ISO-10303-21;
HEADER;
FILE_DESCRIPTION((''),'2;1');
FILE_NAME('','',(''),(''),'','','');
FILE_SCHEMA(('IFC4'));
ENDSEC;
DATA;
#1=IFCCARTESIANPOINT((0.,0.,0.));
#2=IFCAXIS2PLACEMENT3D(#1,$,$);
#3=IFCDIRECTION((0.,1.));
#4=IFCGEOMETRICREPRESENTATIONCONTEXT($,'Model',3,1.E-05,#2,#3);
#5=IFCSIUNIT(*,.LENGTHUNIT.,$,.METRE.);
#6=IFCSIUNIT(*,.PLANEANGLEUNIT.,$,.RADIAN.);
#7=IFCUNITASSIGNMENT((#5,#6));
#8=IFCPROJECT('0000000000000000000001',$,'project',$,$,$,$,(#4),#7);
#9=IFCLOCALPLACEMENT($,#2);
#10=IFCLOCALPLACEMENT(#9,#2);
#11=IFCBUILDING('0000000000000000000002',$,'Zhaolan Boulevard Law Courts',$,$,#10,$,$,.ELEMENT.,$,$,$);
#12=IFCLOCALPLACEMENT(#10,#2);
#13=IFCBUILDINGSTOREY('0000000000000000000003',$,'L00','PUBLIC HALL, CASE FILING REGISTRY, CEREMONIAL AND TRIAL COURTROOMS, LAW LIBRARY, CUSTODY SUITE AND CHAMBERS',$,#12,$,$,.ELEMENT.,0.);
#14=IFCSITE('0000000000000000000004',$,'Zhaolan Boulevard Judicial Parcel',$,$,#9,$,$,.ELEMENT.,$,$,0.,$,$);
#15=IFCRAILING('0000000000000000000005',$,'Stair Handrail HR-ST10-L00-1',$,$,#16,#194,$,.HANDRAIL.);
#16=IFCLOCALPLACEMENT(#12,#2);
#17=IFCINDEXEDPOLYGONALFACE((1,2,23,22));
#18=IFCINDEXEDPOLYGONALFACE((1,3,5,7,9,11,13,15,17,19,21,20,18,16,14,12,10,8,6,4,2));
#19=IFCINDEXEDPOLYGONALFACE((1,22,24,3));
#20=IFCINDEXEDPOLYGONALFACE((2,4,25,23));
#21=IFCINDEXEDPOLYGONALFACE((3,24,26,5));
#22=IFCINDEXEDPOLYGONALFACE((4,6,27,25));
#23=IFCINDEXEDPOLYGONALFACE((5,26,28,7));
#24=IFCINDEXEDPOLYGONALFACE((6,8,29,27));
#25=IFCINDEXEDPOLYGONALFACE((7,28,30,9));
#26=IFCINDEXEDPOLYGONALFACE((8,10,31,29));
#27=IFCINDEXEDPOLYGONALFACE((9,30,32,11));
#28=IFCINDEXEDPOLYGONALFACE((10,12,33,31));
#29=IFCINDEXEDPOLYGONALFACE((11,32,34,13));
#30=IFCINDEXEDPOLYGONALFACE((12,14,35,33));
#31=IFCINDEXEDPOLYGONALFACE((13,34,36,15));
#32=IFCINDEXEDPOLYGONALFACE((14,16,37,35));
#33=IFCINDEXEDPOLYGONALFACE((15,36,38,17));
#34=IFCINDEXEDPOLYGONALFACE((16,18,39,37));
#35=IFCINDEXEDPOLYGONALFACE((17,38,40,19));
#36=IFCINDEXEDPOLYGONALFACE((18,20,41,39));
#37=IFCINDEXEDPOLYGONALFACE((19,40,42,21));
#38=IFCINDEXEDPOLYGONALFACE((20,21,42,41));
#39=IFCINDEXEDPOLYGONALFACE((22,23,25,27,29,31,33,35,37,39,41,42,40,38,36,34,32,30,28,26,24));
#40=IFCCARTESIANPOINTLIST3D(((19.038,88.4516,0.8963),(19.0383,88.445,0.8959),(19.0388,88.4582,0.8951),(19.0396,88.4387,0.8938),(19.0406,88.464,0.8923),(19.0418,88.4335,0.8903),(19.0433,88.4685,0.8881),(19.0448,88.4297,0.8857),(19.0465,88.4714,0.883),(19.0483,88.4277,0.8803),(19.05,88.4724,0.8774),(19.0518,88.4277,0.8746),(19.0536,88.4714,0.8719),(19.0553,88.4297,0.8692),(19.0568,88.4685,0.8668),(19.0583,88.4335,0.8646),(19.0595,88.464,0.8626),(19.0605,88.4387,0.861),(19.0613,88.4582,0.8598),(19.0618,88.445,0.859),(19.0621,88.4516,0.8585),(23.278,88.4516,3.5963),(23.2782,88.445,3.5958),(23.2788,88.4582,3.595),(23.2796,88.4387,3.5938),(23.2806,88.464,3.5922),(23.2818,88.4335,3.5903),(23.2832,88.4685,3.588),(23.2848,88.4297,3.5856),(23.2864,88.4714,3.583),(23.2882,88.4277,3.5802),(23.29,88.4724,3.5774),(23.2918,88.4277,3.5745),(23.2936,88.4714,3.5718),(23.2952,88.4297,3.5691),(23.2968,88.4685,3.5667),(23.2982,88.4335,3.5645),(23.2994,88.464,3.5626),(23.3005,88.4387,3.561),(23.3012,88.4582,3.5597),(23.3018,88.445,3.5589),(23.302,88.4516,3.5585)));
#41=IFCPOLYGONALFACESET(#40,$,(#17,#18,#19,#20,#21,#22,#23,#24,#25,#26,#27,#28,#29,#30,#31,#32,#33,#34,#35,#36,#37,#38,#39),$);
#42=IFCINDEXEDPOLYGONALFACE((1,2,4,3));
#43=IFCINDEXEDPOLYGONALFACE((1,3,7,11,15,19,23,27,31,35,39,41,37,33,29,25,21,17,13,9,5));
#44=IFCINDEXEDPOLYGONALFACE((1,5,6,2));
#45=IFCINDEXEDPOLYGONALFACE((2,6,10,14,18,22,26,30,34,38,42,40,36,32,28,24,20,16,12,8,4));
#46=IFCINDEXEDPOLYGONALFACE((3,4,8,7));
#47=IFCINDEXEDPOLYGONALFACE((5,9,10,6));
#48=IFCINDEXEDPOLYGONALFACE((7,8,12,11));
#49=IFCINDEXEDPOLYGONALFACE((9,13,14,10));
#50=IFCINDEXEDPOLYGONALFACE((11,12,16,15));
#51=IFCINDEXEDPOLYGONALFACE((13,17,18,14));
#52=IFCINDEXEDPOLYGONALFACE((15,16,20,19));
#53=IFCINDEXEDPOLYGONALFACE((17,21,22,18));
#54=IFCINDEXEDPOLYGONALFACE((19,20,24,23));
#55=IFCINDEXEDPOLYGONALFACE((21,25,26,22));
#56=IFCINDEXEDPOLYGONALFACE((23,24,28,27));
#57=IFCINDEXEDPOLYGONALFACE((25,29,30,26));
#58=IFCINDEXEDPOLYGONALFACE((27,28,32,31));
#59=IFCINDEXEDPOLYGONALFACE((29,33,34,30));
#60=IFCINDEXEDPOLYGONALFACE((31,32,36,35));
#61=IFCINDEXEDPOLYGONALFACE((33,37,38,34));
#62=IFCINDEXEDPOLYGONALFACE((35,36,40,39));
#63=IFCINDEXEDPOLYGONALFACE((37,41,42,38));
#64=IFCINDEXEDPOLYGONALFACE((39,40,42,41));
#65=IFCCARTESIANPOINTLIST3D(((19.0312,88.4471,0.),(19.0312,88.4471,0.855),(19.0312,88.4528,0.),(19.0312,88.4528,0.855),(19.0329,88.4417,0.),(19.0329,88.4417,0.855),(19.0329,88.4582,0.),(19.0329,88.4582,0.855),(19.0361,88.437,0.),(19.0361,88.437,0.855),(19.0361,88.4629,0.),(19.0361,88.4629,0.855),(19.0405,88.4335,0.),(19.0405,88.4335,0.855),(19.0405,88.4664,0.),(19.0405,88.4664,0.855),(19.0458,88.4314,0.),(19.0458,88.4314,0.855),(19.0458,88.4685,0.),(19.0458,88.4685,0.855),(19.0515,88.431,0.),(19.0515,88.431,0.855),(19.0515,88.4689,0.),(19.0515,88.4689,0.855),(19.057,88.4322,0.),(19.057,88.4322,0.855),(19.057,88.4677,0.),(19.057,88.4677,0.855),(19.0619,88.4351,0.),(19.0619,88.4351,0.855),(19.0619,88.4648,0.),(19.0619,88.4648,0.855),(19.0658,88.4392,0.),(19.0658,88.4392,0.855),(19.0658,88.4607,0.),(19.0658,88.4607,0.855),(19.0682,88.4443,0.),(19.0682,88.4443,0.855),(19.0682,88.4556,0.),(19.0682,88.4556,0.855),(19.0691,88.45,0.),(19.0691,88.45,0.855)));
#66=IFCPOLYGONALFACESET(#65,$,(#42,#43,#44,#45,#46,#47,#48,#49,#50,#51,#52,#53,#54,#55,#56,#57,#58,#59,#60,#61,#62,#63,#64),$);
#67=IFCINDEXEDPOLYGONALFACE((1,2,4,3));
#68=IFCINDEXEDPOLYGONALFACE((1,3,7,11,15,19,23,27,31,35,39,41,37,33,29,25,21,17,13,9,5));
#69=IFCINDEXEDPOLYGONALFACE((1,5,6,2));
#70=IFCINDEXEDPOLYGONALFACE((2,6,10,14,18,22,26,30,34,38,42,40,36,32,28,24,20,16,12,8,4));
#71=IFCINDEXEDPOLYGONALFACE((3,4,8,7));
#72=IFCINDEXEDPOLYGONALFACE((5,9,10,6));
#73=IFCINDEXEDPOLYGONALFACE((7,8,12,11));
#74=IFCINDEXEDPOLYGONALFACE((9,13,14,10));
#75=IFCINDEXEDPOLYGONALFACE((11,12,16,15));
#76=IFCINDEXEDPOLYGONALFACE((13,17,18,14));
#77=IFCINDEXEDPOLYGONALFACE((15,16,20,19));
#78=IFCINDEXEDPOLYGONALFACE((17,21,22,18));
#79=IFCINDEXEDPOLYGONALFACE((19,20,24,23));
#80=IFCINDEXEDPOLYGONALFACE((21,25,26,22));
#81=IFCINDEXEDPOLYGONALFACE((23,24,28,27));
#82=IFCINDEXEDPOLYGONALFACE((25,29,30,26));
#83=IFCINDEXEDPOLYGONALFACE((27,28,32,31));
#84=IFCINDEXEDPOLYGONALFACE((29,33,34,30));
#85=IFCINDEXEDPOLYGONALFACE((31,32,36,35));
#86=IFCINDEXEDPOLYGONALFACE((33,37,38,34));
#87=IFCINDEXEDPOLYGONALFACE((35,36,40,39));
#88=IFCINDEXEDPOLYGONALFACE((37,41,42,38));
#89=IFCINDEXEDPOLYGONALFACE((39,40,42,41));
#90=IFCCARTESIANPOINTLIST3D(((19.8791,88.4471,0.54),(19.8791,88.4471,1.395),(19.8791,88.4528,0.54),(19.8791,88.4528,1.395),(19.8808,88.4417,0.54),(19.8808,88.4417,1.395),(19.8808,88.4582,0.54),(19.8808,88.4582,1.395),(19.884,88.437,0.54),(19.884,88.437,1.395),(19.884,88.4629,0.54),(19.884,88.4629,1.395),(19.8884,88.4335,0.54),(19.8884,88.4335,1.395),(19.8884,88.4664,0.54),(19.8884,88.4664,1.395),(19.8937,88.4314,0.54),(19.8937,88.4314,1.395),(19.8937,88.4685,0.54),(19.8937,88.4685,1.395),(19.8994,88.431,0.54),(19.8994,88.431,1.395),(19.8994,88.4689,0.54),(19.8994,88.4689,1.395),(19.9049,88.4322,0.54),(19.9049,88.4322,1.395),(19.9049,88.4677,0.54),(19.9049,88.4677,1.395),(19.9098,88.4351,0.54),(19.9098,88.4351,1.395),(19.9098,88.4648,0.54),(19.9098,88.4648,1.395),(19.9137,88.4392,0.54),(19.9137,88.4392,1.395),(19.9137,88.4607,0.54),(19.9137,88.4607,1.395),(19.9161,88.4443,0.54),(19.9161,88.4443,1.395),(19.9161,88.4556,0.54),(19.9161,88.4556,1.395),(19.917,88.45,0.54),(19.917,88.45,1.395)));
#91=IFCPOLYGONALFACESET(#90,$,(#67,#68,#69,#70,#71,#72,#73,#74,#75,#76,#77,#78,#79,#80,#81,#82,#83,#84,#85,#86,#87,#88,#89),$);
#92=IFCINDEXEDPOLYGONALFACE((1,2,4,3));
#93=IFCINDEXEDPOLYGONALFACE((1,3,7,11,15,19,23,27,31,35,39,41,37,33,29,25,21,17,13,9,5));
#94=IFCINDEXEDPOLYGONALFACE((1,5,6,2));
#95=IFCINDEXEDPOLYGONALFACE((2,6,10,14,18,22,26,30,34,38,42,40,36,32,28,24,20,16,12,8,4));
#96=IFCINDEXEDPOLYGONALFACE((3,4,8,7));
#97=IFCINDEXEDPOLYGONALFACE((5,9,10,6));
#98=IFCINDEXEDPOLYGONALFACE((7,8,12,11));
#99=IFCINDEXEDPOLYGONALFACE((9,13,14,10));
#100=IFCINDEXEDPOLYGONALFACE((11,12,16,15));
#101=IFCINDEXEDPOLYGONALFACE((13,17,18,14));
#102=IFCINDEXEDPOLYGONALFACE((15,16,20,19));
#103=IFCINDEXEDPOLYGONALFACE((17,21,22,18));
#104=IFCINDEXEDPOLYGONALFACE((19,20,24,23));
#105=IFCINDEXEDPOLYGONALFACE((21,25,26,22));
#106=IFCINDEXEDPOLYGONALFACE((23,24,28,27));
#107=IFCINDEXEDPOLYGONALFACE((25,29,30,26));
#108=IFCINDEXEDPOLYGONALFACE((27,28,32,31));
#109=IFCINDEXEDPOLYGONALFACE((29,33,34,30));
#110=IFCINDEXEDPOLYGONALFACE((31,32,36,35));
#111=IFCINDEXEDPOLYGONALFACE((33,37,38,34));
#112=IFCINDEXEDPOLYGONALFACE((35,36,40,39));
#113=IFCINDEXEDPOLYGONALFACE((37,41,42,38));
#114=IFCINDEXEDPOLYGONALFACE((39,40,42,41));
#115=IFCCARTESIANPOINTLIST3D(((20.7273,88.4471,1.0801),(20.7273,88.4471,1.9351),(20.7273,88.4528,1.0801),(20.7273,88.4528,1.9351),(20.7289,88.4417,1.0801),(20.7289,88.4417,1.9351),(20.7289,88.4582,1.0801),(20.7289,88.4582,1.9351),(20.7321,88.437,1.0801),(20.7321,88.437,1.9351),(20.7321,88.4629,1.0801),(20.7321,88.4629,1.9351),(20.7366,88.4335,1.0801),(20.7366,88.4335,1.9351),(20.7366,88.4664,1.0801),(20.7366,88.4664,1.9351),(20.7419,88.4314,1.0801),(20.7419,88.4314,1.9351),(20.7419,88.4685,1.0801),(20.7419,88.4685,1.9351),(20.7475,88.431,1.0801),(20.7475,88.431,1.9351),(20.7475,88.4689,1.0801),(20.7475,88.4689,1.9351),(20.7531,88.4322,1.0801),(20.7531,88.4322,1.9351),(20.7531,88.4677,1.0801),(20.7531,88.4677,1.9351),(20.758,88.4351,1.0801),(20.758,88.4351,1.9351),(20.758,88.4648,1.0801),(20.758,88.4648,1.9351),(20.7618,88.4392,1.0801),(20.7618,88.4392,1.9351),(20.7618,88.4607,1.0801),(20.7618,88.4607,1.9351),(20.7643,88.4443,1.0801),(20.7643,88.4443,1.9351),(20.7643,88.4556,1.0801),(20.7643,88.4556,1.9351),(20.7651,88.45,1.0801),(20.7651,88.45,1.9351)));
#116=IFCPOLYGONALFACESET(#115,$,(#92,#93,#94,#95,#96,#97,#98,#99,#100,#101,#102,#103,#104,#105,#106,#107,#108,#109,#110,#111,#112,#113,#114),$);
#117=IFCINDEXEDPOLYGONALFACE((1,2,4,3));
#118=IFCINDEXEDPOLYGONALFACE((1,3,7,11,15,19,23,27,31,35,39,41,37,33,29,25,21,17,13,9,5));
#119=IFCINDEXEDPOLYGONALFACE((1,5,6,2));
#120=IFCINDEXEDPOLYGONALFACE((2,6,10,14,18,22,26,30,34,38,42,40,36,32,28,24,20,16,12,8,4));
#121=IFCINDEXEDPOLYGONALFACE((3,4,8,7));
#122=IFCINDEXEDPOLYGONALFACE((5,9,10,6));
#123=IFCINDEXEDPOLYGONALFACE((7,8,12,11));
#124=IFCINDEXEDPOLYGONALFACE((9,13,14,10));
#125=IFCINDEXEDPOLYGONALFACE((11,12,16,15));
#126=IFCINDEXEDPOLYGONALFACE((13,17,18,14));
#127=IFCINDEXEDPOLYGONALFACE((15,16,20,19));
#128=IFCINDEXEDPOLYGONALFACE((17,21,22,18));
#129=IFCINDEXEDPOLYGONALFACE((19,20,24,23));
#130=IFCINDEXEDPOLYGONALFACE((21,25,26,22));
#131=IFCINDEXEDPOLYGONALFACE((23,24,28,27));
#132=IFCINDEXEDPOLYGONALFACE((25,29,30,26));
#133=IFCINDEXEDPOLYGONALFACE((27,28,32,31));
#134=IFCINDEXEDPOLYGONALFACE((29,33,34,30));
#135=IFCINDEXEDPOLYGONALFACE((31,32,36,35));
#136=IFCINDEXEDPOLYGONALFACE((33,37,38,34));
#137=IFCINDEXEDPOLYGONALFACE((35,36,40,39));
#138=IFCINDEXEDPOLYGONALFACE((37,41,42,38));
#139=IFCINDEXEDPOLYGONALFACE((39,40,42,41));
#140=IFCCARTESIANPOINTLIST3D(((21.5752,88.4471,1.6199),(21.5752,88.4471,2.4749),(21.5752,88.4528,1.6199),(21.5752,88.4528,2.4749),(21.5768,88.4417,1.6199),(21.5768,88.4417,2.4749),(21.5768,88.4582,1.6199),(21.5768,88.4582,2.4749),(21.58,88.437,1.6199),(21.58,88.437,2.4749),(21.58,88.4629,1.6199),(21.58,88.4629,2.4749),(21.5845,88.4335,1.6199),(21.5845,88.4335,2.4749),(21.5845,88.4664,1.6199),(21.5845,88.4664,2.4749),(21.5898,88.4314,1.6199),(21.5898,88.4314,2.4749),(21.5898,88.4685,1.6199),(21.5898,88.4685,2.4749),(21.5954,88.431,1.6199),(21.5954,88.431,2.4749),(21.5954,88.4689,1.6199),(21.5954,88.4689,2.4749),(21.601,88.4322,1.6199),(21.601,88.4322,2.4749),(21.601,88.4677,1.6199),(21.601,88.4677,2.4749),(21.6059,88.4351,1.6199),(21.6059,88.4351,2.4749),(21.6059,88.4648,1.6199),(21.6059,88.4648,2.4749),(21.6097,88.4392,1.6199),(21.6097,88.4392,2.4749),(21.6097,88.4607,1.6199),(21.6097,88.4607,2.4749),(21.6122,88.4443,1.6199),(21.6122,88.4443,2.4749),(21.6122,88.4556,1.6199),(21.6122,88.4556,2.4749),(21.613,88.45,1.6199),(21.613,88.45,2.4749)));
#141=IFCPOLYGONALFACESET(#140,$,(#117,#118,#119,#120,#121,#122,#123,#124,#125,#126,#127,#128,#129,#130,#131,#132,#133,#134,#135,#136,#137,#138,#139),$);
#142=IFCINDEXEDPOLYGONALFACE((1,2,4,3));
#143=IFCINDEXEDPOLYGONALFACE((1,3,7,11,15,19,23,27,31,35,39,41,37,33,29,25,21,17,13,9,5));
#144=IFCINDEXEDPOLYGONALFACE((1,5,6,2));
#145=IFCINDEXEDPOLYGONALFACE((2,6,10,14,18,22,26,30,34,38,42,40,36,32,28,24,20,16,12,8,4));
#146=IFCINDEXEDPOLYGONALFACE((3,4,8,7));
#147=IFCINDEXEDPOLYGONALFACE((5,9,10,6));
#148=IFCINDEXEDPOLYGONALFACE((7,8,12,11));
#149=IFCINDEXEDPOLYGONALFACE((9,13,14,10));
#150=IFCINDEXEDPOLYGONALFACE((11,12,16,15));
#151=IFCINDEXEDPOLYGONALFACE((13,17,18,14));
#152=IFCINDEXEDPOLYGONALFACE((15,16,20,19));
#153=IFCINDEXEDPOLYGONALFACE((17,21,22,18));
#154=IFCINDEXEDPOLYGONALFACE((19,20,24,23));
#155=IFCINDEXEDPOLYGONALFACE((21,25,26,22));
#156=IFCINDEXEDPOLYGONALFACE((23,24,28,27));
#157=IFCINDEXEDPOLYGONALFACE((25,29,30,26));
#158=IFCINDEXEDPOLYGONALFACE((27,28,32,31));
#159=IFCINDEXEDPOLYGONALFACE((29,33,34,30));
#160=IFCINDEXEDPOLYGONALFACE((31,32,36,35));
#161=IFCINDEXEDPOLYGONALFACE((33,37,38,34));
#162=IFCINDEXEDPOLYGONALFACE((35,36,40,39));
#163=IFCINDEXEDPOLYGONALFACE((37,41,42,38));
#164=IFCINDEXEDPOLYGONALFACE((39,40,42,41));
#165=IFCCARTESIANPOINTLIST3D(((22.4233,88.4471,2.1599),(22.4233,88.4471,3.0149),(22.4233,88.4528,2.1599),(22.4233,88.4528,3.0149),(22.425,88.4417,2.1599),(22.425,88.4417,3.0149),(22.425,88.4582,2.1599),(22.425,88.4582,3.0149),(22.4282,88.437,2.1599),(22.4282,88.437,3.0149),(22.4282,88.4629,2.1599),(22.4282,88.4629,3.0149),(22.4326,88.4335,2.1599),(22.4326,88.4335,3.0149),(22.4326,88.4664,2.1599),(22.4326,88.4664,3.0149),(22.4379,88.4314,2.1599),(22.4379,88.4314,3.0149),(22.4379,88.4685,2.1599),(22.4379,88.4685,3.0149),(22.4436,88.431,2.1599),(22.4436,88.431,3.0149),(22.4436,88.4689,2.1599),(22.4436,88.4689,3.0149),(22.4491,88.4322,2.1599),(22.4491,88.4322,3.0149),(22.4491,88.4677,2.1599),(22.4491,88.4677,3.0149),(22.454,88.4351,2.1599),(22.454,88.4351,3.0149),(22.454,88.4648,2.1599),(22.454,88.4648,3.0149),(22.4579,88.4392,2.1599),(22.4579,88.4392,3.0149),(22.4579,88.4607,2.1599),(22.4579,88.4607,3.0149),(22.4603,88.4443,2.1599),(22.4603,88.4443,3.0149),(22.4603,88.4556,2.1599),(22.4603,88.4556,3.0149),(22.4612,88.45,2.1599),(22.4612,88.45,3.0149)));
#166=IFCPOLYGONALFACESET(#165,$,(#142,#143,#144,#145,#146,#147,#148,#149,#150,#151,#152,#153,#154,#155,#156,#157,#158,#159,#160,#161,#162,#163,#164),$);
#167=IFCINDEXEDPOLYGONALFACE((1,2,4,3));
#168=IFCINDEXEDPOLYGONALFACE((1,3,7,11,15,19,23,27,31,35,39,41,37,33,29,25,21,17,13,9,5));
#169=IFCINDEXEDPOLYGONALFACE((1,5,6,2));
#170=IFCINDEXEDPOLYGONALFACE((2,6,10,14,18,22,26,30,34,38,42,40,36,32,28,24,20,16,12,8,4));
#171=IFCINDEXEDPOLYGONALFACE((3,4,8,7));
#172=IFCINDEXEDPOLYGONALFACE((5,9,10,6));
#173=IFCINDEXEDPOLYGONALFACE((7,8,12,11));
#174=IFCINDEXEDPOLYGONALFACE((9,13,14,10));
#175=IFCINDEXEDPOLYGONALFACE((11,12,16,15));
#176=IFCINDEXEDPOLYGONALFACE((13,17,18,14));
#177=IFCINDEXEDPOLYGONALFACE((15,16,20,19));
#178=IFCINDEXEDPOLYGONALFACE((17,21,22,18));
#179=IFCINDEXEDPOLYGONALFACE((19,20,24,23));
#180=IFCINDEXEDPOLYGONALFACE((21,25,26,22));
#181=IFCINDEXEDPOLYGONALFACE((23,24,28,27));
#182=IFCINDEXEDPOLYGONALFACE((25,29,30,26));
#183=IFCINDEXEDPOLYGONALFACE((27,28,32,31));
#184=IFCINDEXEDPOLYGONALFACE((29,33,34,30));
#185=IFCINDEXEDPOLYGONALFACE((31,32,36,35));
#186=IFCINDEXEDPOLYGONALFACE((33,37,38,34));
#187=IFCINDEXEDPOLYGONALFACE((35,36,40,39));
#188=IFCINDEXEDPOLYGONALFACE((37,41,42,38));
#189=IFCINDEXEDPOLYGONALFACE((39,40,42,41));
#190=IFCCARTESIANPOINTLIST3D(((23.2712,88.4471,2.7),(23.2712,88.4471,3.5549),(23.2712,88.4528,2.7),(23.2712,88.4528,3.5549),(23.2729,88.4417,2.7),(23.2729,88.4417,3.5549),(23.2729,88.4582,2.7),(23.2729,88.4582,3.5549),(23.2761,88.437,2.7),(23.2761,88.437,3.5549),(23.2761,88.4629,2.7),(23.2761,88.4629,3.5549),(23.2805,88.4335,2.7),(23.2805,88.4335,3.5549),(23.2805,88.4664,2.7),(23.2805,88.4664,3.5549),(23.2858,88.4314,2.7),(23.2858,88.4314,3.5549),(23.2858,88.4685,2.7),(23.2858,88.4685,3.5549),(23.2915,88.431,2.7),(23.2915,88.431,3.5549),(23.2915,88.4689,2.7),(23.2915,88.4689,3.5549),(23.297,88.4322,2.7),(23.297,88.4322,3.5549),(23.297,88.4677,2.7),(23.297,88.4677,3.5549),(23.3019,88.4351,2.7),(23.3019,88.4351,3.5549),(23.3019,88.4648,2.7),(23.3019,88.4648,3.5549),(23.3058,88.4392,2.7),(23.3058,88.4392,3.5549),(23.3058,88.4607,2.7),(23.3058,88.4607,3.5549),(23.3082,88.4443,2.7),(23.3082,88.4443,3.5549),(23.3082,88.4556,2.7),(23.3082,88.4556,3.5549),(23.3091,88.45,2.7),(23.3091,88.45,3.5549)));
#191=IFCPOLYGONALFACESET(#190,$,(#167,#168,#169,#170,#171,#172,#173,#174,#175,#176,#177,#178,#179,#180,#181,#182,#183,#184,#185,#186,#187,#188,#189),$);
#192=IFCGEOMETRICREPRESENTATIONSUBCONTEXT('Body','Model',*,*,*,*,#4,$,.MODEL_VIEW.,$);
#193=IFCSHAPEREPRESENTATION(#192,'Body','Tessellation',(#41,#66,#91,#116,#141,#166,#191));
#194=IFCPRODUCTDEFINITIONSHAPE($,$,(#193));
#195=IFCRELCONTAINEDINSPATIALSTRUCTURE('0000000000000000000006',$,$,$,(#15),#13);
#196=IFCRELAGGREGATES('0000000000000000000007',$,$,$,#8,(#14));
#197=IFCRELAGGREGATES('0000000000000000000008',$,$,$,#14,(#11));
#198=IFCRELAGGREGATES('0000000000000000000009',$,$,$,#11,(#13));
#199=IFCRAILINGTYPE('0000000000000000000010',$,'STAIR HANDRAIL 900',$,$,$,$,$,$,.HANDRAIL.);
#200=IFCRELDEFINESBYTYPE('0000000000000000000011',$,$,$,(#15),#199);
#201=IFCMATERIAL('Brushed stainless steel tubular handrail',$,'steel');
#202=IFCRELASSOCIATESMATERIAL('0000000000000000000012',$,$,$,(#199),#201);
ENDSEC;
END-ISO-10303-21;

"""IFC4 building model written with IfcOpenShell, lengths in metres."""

from ifc_helpers import new_model, si_unit, direction, frame, origin, origin_2d, place, context, subcontext, project, spatial, circle, extrude, material, type_object, element, save


model = new_model("IFC4")

# Units and contexts
model_context = context("Model", 3, precision=1e-05, world=origin(), true_north=direction((0.0, 1.0)))
body_context = subcontext(model_context, "Body", "Model", "MODEL_VIEW")
ifc_project = project(units=[si_unit("LENGTHUNIT", "METRE"), si_unit("PLANEANGLEUNIT", "RADIAN")], contexts=[model_context])

# Site, building, storey
site_placement = place(None, origin())
site = spatial("IfcSite", under=ifc_project, at=site_placement, Name="Zhaolan Boulevard Judicial Parcel", CompositionType="ELEMENT", RefElevation=0.0)
building_placement = place(site_placement, origin())
building = spatial("IfcBuilding", under=site, at=building_placement, Name="Zhaolan Boulevard Law Courts", CompositionType="ELEMENT")
storey_placement = place(building_placement, origin())
storey = spatial("IfcBuildingStorey", under=building, at=storey_placement, Name="L00", Description="PUBLIC HALL, CASE FILING REGISTRY, CEREMONIAL AND TRIAL COURTROOMS, LAW LIBRARY, CUSTODY SUITE AND CHAMBERS", CompositionType="ELEMENT", Elevation=0.0)

# Railing
ifc_material_1 = material(Name="Brushed stainless steel tubular handrail", Category="steel")
railing_type_1 = type_object("IfcRailingType", Name="STAIR HANDRAIL 900", PredefinedType="HANDRAIL", material=ifc_material_1)
railing_1_placement = place(storey_placement, frame((19.05, 88.45, 0.0)))
element("IfcRailing", 1, at=railing_1_placement, inside=storey, type_object=railing_type_1, Name="Stair Handrail HR-ST10-L00-1", PredefinedType="HANDRAIL", context=body_context, shape_type="SweptSolid", body=[
    extrude(circle(Radius=0.0225, at=origin_2d()), frame((0.0, 0.0, 0.8774), z_axis=(0.843501, 0.0, 0.537127), x_axis=(0.0, 1.0, 0.0)), (0.0, 0.0, 1.0), 5.0266),
    extrude(circle(Radius=0.019, at=origin_2d()), origin(), (0.0, 0.0, 1.0), 0.855),
    extrude(circle(Radius=0.019, at=origin_2d()), frame((0.8479, 0.0, 0.54)), (0.0, 0.0, 1.0), 0.855),
    extrude(circle(Radius=0.019, at=origin_2d()), frame((1.696, 0.0, 1.0801)), (0.0, 0.0, 1.0), 0.855),
    extrude(circle(Radius=0.019, at=origin_2d()), frame((2.5439, 0.0, 1.6199)), (0.0, 0.0, 1.0), 0.855),
    extrude(circle(Radius=0.019, at=origin_2d()), frame((3.3921, 0.0, 2.1599)), (0.0, 0.0, 1.0), 0.855),
    extrude(circle(Radius=0.019, at=origin_2d()), frame((4.24, 0.0, 2.7)), (0.0, 0.0, 1.0), 0.855),
])

save(model, "model.ifc")
